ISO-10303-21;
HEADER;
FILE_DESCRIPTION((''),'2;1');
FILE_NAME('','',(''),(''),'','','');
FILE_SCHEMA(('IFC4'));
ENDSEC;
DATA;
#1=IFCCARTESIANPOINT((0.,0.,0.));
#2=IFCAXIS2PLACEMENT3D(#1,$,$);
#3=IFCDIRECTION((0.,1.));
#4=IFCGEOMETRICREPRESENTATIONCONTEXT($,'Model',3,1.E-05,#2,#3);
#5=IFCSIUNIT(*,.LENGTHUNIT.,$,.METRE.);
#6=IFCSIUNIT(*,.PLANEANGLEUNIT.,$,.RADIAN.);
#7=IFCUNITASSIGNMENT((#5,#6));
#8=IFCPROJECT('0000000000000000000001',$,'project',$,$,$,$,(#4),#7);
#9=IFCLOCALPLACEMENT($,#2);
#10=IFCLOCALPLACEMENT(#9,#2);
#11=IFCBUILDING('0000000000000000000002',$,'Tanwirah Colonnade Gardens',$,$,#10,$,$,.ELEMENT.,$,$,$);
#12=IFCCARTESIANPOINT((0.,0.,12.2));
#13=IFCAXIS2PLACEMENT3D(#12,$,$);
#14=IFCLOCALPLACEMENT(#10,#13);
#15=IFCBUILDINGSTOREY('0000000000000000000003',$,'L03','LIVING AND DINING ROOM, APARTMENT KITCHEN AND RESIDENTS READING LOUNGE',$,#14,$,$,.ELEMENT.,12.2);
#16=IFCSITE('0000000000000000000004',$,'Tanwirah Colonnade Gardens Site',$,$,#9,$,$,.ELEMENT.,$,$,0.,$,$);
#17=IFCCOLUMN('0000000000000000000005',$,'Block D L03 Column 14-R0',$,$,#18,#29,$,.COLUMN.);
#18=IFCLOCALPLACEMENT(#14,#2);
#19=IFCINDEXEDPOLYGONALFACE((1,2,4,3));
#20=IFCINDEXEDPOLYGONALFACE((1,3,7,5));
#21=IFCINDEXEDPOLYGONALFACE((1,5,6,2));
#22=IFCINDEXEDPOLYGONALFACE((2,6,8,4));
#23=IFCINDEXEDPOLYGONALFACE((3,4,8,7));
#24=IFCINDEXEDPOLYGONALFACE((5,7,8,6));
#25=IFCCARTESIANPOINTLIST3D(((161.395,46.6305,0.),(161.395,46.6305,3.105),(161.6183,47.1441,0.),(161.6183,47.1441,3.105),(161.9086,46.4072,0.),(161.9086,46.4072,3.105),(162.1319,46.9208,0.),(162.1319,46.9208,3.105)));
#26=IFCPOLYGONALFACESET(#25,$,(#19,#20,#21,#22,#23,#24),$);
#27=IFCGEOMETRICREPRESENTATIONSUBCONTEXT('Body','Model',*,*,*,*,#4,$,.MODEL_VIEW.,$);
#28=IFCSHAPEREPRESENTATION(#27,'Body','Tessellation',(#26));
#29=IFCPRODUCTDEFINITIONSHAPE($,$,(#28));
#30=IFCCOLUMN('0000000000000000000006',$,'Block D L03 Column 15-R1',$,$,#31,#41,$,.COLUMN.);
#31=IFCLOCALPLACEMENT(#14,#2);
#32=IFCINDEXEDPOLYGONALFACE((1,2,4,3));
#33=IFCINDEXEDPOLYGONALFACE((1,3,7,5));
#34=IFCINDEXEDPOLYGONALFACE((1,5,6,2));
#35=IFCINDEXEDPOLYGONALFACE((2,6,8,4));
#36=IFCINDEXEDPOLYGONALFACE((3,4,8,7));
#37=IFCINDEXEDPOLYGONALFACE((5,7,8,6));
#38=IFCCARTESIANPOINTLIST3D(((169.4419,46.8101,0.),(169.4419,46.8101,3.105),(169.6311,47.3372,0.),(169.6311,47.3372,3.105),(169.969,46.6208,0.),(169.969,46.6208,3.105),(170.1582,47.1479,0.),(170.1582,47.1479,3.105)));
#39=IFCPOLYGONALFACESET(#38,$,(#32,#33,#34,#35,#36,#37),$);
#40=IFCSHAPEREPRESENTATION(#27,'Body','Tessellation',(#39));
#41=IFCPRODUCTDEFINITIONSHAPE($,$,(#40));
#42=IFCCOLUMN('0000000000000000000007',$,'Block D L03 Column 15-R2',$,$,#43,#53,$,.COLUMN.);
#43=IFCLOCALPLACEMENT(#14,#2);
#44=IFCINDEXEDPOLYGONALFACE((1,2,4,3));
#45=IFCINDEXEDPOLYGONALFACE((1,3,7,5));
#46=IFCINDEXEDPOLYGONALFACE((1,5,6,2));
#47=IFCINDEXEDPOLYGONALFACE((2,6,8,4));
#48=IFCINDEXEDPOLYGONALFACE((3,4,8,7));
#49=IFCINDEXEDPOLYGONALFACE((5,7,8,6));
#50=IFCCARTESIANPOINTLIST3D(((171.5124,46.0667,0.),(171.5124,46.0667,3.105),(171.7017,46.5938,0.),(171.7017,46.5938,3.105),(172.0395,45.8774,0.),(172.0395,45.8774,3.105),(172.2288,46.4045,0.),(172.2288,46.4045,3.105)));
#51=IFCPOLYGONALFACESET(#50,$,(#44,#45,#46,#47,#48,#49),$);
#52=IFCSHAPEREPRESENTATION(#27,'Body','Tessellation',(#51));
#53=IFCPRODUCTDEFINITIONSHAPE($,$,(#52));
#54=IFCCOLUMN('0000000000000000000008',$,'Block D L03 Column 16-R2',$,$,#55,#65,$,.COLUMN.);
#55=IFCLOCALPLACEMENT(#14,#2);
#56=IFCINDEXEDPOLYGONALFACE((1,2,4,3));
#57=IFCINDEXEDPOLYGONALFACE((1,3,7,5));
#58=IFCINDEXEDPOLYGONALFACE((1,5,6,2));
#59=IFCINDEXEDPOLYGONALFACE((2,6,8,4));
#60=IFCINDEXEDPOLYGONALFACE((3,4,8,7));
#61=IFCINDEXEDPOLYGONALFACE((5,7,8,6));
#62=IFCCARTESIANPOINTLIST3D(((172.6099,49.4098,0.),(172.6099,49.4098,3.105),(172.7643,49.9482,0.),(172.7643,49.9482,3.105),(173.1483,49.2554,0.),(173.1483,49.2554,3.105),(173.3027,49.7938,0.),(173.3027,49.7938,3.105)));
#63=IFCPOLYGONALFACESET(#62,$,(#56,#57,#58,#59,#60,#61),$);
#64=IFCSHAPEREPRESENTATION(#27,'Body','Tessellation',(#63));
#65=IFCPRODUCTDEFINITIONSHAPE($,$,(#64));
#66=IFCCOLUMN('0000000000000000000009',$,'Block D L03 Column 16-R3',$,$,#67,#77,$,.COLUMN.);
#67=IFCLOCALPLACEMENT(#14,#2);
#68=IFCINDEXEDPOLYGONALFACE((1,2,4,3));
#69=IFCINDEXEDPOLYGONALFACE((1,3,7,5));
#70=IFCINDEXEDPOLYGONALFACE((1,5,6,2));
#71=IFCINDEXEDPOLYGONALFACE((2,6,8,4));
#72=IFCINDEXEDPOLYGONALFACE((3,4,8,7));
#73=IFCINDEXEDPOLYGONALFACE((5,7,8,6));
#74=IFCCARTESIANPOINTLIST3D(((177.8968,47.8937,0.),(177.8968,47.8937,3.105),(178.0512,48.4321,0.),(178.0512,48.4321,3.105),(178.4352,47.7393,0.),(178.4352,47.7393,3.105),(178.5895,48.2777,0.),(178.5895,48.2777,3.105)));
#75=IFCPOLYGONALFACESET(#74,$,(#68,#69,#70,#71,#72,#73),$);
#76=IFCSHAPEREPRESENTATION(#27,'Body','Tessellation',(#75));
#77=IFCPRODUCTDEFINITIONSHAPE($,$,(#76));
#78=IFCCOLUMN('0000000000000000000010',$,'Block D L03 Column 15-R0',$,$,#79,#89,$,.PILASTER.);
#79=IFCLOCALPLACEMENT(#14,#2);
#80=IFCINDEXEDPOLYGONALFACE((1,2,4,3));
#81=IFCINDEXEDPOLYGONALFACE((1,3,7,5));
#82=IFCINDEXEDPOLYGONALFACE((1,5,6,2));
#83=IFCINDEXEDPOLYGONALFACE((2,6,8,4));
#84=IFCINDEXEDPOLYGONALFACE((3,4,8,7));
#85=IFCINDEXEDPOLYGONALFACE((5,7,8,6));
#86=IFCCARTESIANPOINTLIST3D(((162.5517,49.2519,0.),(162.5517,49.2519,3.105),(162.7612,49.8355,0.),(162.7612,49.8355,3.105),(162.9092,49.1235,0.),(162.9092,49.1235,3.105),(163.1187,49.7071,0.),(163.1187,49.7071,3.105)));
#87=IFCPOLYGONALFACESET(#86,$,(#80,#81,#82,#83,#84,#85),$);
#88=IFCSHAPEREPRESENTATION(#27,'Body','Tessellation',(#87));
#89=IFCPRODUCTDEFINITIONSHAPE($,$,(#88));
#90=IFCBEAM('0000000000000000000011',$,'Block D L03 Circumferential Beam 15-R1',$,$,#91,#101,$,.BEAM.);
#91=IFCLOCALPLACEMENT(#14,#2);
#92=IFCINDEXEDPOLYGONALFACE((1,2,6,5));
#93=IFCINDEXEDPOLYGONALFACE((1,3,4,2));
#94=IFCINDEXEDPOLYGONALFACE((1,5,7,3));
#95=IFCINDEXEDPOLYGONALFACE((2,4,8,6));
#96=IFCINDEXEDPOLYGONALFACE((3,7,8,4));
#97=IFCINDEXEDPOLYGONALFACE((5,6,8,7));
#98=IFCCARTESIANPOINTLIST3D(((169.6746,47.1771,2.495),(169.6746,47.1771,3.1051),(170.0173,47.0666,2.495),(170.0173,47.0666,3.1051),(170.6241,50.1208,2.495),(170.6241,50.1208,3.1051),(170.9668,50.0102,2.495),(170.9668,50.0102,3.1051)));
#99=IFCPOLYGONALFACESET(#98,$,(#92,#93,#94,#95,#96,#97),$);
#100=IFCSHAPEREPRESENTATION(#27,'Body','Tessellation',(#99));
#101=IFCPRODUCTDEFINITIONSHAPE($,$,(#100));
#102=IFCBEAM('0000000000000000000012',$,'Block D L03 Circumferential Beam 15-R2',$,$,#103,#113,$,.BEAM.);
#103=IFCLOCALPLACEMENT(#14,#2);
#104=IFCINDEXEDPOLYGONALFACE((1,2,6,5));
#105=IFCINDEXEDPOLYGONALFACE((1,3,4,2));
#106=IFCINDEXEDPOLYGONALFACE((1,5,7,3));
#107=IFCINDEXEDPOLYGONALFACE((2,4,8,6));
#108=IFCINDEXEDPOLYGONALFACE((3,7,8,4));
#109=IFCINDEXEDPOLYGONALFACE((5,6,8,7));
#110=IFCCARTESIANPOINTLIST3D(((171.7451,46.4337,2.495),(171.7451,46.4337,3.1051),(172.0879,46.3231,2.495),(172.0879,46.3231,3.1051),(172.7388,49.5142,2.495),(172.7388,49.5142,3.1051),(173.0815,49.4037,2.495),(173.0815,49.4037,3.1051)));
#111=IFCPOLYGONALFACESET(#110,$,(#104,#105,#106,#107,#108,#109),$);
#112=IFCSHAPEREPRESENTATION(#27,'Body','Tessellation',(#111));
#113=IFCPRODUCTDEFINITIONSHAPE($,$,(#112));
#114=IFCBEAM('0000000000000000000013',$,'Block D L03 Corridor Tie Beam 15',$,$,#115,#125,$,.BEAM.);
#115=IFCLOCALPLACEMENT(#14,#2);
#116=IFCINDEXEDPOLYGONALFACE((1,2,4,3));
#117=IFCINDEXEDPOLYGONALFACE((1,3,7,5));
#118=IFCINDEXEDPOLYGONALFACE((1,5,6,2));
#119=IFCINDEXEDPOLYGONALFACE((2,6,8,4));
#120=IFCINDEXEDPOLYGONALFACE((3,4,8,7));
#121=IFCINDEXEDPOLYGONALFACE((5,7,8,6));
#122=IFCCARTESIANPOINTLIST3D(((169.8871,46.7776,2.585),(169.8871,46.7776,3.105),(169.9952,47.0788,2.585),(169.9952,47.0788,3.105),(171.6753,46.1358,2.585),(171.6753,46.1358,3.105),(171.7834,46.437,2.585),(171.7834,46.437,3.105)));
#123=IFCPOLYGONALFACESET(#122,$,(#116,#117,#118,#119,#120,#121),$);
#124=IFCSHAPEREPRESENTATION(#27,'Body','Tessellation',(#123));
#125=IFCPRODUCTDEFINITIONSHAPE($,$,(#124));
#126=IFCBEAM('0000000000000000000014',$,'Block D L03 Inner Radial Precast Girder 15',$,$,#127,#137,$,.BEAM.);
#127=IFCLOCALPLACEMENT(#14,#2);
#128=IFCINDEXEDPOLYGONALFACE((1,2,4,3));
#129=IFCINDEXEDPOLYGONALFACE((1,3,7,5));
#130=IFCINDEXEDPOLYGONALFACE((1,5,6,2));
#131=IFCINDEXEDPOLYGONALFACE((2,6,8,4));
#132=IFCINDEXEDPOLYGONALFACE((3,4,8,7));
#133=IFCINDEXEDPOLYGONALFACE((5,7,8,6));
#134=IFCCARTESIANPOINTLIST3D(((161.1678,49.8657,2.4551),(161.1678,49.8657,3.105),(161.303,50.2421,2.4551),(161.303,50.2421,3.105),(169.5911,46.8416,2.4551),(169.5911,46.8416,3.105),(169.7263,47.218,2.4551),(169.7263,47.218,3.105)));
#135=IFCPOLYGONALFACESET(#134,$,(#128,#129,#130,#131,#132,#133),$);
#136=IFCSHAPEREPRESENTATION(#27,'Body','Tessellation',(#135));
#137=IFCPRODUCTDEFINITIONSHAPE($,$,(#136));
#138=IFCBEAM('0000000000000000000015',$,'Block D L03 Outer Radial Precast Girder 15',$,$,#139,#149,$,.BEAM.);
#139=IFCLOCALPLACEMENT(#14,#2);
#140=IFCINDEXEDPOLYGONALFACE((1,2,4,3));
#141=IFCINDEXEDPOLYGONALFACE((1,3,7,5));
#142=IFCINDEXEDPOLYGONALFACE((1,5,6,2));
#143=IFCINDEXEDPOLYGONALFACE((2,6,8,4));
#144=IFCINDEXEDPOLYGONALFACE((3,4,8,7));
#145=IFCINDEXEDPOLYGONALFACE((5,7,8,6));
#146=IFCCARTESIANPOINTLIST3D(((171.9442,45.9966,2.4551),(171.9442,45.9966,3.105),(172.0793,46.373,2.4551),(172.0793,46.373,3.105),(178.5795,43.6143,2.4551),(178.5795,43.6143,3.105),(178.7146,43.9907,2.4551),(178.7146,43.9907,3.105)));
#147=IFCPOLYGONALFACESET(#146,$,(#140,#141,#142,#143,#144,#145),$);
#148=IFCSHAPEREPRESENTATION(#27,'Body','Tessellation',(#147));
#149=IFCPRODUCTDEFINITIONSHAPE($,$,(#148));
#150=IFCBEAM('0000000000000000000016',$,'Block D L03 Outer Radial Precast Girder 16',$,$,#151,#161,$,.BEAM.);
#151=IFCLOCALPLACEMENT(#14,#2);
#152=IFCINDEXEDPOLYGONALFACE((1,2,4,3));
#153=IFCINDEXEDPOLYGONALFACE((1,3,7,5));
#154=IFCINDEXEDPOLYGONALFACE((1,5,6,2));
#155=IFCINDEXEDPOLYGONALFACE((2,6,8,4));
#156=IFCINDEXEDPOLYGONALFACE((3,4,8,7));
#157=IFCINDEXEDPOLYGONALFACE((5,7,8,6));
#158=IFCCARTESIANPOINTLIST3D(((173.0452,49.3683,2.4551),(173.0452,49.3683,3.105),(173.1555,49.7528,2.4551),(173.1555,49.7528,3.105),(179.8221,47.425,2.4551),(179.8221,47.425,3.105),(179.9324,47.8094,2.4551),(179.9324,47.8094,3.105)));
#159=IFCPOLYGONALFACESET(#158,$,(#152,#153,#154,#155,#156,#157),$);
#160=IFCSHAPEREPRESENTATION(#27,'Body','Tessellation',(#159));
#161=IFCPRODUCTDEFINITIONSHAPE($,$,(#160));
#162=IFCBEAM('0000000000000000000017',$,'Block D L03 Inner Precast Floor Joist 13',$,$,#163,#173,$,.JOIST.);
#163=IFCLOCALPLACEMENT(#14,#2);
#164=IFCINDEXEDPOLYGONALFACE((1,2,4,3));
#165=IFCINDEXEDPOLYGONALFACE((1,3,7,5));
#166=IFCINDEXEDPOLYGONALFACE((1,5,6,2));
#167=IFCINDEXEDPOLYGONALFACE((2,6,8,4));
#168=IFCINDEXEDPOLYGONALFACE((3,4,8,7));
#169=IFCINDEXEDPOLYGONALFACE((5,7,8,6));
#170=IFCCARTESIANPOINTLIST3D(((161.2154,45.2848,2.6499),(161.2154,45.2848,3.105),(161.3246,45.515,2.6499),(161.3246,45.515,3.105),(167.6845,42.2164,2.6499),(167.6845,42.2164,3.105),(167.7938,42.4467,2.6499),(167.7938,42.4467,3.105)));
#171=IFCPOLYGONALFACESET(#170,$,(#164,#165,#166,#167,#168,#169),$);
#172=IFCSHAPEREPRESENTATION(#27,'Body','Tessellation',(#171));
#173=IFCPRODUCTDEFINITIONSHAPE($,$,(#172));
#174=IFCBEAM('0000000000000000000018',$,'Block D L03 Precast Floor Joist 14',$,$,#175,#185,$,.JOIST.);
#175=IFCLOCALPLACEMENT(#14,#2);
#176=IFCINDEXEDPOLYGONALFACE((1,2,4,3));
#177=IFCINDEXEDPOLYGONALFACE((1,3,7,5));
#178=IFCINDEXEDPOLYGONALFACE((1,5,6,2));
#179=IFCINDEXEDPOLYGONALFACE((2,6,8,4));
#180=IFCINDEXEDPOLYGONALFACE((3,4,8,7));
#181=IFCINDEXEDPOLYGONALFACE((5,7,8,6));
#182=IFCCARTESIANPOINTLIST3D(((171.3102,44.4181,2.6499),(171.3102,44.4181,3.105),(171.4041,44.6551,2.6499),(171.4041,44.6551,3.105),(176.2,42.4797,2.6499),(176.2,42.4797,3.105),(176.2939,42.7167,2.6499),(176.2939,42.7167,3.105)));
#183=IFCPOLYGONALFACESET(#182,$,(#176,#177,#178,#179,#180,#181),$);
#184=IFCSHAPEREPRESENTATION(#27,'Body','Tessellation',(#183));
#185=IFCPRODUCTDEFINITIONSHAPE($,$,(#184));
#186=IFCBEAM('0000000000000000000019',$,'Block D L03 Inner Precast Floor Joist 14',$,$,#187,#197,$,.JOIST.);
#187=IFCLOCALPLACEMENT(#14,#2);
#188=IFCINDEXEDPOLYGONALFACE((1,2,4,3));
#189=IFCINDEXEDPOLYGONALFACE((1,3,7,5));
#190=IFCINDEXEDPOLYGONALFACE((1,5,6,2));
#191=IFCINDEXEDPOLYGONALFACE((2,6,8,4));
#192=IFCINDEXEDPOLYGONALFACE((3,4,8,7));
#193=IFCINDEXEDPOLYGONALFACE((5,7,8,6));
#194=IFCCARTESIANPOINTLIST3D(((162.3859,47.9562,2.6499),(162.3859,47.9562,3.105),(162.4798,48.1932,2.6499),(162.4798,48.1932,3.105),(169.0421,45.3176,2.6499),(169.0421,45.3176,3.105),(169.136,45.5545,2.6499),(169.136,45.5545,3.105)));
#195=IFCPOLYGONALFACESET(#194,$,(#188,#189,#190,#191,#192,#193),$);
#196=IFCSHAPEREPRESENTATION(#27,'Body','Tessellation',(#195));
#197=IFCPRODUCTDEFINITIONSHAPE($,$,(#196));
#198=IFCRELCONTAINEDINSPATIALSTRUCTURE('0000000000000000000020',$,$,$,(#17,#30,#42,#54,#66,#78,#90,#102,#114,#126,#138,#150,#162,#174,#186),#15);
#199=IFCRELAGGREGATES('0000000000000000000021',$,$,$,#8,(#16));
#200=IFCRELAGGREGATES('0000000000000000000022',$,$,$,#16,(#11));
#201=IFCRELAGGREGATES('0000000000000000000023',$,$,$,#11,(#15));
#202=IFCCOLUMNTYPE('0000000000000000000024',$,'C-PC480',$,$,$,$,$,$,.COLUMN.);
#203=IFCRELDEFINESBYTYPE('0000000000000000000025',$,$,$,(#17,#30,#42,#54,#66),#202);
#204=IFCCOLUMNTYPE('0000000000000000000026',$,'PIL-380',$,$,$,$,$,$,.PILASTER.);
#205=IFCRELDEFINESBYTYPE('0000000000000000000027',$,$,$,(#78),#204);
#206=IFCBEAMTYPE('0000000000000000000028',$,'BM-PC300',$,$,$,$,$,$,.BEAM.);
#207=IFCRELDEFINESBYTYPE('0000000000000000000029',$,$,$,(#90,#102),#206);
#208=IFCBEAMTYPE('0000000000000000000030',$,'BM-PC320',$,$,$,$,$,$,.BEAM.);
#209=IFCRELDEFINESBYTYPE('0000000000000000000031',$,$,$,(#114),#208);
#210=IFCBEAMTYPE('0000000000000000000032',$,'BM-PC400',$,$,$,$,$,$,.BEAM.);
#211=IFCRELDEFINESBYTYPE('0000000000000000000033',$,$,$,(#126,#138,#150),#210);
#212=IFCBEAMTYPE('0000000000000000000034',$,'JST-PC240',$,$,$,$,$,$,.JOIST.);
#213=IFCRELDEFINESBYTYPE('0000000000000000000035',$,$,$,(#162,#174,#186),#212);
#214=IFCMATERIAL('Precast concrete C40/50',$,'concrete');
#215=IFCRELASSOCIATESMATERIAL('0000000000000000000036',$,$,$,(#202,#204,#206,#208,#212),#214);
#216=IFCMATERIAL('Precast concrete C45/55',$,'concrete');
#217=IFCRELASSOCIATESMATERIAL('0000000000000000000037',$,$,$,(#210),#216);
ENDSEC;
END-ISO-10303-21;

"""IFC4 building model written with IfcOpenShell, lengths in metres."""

from ifc_helpers import new_model, si_unit, direction, frame, origin, origin_2d, place, context, subcontext, project, spatial, rectangle, extrude, material, material_profile, profile_set, type_object, element, save


model = new_model("IFC4")

# Units and contexts
model_context = context("Model", 3, precision=1e-05, world=origin(), true_north=direction((0.0, 1.0)))
body_context = subcontext(model_context, "Body", "Model", "MODEL_VIEW")
ifc_project = project(units=[si_unit("LENGTHUNIT", "METRE"), si_unit("PLANEANGLEUNIT", "RADIAN")], contexts=[model_context])

# Site, building, storey
site_placement = place(None, origin())
site = spatial("IfcSite", under=ifc_project, at=site_placement, Name="Tanwirah Colonnade Gardens Site", CompositionType="ELEMENT", RefElevation=0.0)
building_placement = place(site_placement, origin())
building = spatial("IfcBuilding", under=site, at=building_placement, Name="Tanwirah Colonnade Gardens", CompositionType="ELEMENT")
storey_placement = place(building_placement, frame((0.0, 0.0, 12.2)))
storey = spatial("IfcBuildingStorey", under=building, at=storey_placement, Name="L03", Description="LIVING AND DINING ROOM, APARTMENT KITCHEN AND RESIDENTS READING LOUNGE", CompositionType="ELEMENT", Elevation=12.2)

# Columns
ifc_material_1 = material(Name="Precast concrete C40/50", Category="concrete")
ifc_material_profile_1 = material_profile(ifc_material_1, rectangle(XDim=0.5601, YDim=0.5601, at=origin_2d()), Name="PC-COL 560x560")
ifc_profile_set_1 = profile_set([ifc_material_profile_1], Name="Precast concrete C40/50")
column_type_1 = type_object("IfcColumnType", Name="C-PC480", PredefinedType="COLUMN", material=ifc_profile_set_1)
for number, where, z_axis, x_axis, name in (
    (1, (161.7634, 46.7756, 0.0), (0.0, 0.0, 1.0), (0.91706, -0.398749, 0.0), "Block D L03 Column 14-R0"),
    (2, (169.8, 46.979, 0.0), (0.0, 0.0, 1.0), (0.941176, -0.337917, 0.0), "Block D L03 Column 15-R1"),
    (3, (171.8706, 46.2356, 0.0), (0.0, 0.0, 1.0), (0.941176, -0.337917, 0.0), "Block D L03 Column 15-R2"),
    (4, (172.9563, 49.6018, 0.0), (0.0, 0.0, 1.0), (0.961262, -0.275637, 0.0), "Block D L03 Column 16-R2"),
    (5, (178.2432, 48.0857, 0.0), (0.0, 0.0, 1.0), (0.961262, -0.275637, 0.0), "Block D L03 Column 16-R3"),
):
    element("IfcColumn", number, at=place(storey_placement, frame(where, z_axis=z_axis, x_axis=x_axis)), inside=storey, type_object=column_type_1, Name=name, PredefinedType="COLUMN", context=body_context, shape_type="SweptSolid", body=[
        extrude(rectangle(XDim=0.5601, YDim=0.5601, at=origin_2d()), origin(), (0.0, 0.0, 1.0), 3.105),
    ])
ifc_material_profile_2 = material_profile(ifc_material_1, rectangle(XDim=0.3799, YDim=0.6201, at=origin_2d()), Name="PC-PIL 380x620")
ifc_profile_set_2 = profile_set([ifc_material_profile_2], Name="Precast concrete C40/50")
column_type_2 = type_object("IfcColumnType", Name="PIL-380", PredefinedType="PILASTER", material=ifc_profile_set_2)
column_placement = place(storey_placement, frame((162.8352, 49.4795, 0.0), z_axis=(0.0, 0.0, 1.0), x_axis=(0.941176, -0.337917, 0.0)))
element("IfcColumn", 6, at=column_placement, inside=storey, type_object=column_type_2, Name="Block D L03 Column 15-R0", PredefinedType="PILASTER", context=body_context, shape_type="SweptSolid", body=[
    extrude(rectangle(XDim=0.3799, YDim=0.6201, at=origin_2d()), origin(), (0.0, 0.0, 1.0), 3.105),
])

# Beams
ifc_material_profile_3 = material_profile(ifc_material_1, rectangle(XDim=0.3601, YDim=0.6101, at=origin_2d()), Name="PC-BM 360x610")
ifc_profile_set_3 = profile_set([ifc_material_profile_3], Name="Precast concrete C40/50")
beam_type_1 = type_object("IfcBeamType", Name="BM-PC300", PredefinedType="BEAM", material=ifc_profile_set_3)
beam_1_placement = place(storey_placement, frame((169.8459, 47.1218, 2.8), z_axis=(0.306977, 0.951717, 0.0), x_axis=(-0.951717, 0.306977, 0.0)))
element("IfcBeam", 7, at=beam_1_placement, inside=storey, type_object=beam_type_1, Name="Block D L03 Circumferential Beam 15-R1", PredefinedType="BEAM", context=body_context, shape_type="SweptSolid", body=[
    extrude(rectangle(XDim=0.3601, YDim=0.6101, at=origin_2d()), origin(), (0.0, 0.0, 1.0), 3.093),
])
beam_2_placement = place(storey_placement, frame((171.9165, 46.3784, 2.8), z_axis=(0.306981, 0.951716, 0.0), x_axis=(-0.951716, 0.306981, 0.0)))
element("IfcBeam", 8, at=beam_2_placement, inside=storey, type_object=beam_type_1, Name="Block D L03 Circumferential Beam 15-R2", PredefinedType="BEAM", context=body_context, shape_type="SweptSolid", body=[
    extrude(rectangle(XDim=0.3601, YDim=0.6101, at=origin_2d()), origin(), (0.0, 0.0, 1.0), 3.2368),
])
ifc_material_profile_4 = material_profile(ifc_material_1, rectangle(XDim=0.3201, YDim=0.52, at=origin_2d()), Name="PC-BM 320x520")
ifc_profile_set_4 = profile_set([ifc_material_profile_4], Name="Precast concrete C40/50")
beam_type_2 = type_object("IfcBeamType", Name="BM-PC320", PredefinedType="BEAM", material=ifc_profile_set_4)
beam_3_placement = place(storey_placement, frame((169.9412, 46.9282, 2.845), z_axis=(0.941215, -0.337809, 0.0), x_axis=(0.337809, 0.941215, 0.0)))
element("IfcBeam", 9, at=beam_3_placement, inside=storey, type_object=beam_type_2, Name="Block D L03 Corridor Tie Beam 15", PredefinedType="BEAM", context=body_context, shape_type="SweptSolid", body=[
    extrude(rectangle(XDim=0.3201, YDim=0.52, at=origin_2d()), origin(), (0.0, 0.0, 1.0), 1.8999),
])
ifc_material_2 = material(Name="Precast concrete C45/55", Category="concrete")
ifc_material_profile_5 = material_profile(ifc_material_2, rectangle(XDim=0.3999, YDim=0.6499, at=origin_2d()), Name="PC-BM 400x650")
ifc_profile_set_5 = profile_set([ifc_material_profile_5], Name="Precast concrete C45/55")
beam_type_3 = type_object("IfcBeamType", Name="BM-PC400", PredefinedType="BEAM", material=ifc_profile_set_5)
beam_4_placement = place(storey_placement, frame((169.6587, 47.0298, 2.78), z_axis=(-0.94118, 0.337905, 0.0), x_axis=(-0.337905, -0.94118, 0.0)))
element("IfcBeam", 10, at=beam_4_placement, inside=storey, type_object=beam_type_3, Name="Block D L03 Inner Radial Precast Girder 15", PredefinedType="BEAM", context=body_context, shape_type="SweptSolid", body=[
    extrude(rectangle(XDim=0.3999, YDim=0.6499, at=origin_2d()), origin(), (0.0, 0.0, 1.0), 8.9497),
])
for number, where, z_axis, x_axis, name in (
    (11, (172.0117, 46.1848, 2.78), (0.941175, -0.33792, 0.0), (0.33792, 0.941175, 0.0), "Block D L03 Outer Radial Precast Girder 15"),
    (12, (173.1003, 49.5605, 2.78), (0.961257, -0.275654, 0.0), (0.275654, 0.961257, 0.0), "Block D L03 Outer Radial Precast Girder 16"),
):
    element("IfcBeam", number, at=place(storey_placement, frame(where, z_axis=z_axis, x_axis=x_axis)), inside=storey, type_object=beam_type_3, Name=name, PredefinedType="BEAM", context=body_context, shape_type="SweptSolid", body=[
        extrude(rectangle(XDim=0.3999, YDim=0.6499, at=origin_2d()), origin(), (0.0, 0.0, 1.0), 7.05),
    ])
ifc_material_profile_6 = material_profile(ifc_material_1, rectangle(XDim=0.2549, YDim=0.4551, at=origin_2d()), Name="PC-JST 255x455")
ifc_profile_set_6 = profile_set([ifc_material_profile_6], Name="Precast concrete C40/50")
beam_type_4 = type_object("IfcBeamType", Name="JST-PC240", PredefinedType="JOIST", material=ifc_profile_set_6)
beam_5_placement = place(storey_placement, frame((161.27, 45.3999, 2.8774), z_axis=(0.903522, -0.428541, 0.0), x_axis=(0.428541, 0.903522, 0.0)))
element("IfcBeam", 13, at=beam_5_placement, inside=storey, type_object=beam_type_4, Name="Block D L03 Inner Precast Floor Joist 13", PredefinedType="JOIST", context=body_context, shape_type="SweptSolid", body=[
    extrude(rectangle(XDim=0.2549, YDim=0.4551, at=origin_2d()), origin(), (0.0, 0.0, 1.0), 7.1599),
])
beam_6_placement = place(storey_placement, frame((171.3572, 44.5366, 2.8774), z_axis=(0.929618, -0.368524, 0.0), x_axis=(0.368524, 0.929618, 0.0)))
element("IfcBeam", 14, at=beam_6_placement, inside=storey, type_object=beam_type_4, Name="Block D L03 Precast Floor Joist 14", PredefinedType="JOIST", context=body_context, shape_type="SweptSolid", body=[
    extrude(rectangle(XDim=0.2549, YDim=0.4551, at=origin_2d()), origin(), (0.0, 0.0, 1.0), 5.26),
])
beam_7_placement = place(storey_placement, frame((162.4329, 48.0747, 2.8774), z_axis=(0.92962, -0.36852, 0.0), x_axis=(0.36852, 0.92962, 0.0)))
element("IfcBeam", 15, at=beam_7_placement, inside=storey, type_object=beam_type_4, Name="Block D L03 Inner Precast Floor Joist 14", PredefinedType="JOIST", context=body_context, shape_type="SweptSolid", body=[
    extrude(rectangle(XDim=0.2549, YDim=0.4551, at=origin_2d()), origin(), (0.0, 0.0, 1.0), 7.1602),
])

save(model, "model.ifc")
